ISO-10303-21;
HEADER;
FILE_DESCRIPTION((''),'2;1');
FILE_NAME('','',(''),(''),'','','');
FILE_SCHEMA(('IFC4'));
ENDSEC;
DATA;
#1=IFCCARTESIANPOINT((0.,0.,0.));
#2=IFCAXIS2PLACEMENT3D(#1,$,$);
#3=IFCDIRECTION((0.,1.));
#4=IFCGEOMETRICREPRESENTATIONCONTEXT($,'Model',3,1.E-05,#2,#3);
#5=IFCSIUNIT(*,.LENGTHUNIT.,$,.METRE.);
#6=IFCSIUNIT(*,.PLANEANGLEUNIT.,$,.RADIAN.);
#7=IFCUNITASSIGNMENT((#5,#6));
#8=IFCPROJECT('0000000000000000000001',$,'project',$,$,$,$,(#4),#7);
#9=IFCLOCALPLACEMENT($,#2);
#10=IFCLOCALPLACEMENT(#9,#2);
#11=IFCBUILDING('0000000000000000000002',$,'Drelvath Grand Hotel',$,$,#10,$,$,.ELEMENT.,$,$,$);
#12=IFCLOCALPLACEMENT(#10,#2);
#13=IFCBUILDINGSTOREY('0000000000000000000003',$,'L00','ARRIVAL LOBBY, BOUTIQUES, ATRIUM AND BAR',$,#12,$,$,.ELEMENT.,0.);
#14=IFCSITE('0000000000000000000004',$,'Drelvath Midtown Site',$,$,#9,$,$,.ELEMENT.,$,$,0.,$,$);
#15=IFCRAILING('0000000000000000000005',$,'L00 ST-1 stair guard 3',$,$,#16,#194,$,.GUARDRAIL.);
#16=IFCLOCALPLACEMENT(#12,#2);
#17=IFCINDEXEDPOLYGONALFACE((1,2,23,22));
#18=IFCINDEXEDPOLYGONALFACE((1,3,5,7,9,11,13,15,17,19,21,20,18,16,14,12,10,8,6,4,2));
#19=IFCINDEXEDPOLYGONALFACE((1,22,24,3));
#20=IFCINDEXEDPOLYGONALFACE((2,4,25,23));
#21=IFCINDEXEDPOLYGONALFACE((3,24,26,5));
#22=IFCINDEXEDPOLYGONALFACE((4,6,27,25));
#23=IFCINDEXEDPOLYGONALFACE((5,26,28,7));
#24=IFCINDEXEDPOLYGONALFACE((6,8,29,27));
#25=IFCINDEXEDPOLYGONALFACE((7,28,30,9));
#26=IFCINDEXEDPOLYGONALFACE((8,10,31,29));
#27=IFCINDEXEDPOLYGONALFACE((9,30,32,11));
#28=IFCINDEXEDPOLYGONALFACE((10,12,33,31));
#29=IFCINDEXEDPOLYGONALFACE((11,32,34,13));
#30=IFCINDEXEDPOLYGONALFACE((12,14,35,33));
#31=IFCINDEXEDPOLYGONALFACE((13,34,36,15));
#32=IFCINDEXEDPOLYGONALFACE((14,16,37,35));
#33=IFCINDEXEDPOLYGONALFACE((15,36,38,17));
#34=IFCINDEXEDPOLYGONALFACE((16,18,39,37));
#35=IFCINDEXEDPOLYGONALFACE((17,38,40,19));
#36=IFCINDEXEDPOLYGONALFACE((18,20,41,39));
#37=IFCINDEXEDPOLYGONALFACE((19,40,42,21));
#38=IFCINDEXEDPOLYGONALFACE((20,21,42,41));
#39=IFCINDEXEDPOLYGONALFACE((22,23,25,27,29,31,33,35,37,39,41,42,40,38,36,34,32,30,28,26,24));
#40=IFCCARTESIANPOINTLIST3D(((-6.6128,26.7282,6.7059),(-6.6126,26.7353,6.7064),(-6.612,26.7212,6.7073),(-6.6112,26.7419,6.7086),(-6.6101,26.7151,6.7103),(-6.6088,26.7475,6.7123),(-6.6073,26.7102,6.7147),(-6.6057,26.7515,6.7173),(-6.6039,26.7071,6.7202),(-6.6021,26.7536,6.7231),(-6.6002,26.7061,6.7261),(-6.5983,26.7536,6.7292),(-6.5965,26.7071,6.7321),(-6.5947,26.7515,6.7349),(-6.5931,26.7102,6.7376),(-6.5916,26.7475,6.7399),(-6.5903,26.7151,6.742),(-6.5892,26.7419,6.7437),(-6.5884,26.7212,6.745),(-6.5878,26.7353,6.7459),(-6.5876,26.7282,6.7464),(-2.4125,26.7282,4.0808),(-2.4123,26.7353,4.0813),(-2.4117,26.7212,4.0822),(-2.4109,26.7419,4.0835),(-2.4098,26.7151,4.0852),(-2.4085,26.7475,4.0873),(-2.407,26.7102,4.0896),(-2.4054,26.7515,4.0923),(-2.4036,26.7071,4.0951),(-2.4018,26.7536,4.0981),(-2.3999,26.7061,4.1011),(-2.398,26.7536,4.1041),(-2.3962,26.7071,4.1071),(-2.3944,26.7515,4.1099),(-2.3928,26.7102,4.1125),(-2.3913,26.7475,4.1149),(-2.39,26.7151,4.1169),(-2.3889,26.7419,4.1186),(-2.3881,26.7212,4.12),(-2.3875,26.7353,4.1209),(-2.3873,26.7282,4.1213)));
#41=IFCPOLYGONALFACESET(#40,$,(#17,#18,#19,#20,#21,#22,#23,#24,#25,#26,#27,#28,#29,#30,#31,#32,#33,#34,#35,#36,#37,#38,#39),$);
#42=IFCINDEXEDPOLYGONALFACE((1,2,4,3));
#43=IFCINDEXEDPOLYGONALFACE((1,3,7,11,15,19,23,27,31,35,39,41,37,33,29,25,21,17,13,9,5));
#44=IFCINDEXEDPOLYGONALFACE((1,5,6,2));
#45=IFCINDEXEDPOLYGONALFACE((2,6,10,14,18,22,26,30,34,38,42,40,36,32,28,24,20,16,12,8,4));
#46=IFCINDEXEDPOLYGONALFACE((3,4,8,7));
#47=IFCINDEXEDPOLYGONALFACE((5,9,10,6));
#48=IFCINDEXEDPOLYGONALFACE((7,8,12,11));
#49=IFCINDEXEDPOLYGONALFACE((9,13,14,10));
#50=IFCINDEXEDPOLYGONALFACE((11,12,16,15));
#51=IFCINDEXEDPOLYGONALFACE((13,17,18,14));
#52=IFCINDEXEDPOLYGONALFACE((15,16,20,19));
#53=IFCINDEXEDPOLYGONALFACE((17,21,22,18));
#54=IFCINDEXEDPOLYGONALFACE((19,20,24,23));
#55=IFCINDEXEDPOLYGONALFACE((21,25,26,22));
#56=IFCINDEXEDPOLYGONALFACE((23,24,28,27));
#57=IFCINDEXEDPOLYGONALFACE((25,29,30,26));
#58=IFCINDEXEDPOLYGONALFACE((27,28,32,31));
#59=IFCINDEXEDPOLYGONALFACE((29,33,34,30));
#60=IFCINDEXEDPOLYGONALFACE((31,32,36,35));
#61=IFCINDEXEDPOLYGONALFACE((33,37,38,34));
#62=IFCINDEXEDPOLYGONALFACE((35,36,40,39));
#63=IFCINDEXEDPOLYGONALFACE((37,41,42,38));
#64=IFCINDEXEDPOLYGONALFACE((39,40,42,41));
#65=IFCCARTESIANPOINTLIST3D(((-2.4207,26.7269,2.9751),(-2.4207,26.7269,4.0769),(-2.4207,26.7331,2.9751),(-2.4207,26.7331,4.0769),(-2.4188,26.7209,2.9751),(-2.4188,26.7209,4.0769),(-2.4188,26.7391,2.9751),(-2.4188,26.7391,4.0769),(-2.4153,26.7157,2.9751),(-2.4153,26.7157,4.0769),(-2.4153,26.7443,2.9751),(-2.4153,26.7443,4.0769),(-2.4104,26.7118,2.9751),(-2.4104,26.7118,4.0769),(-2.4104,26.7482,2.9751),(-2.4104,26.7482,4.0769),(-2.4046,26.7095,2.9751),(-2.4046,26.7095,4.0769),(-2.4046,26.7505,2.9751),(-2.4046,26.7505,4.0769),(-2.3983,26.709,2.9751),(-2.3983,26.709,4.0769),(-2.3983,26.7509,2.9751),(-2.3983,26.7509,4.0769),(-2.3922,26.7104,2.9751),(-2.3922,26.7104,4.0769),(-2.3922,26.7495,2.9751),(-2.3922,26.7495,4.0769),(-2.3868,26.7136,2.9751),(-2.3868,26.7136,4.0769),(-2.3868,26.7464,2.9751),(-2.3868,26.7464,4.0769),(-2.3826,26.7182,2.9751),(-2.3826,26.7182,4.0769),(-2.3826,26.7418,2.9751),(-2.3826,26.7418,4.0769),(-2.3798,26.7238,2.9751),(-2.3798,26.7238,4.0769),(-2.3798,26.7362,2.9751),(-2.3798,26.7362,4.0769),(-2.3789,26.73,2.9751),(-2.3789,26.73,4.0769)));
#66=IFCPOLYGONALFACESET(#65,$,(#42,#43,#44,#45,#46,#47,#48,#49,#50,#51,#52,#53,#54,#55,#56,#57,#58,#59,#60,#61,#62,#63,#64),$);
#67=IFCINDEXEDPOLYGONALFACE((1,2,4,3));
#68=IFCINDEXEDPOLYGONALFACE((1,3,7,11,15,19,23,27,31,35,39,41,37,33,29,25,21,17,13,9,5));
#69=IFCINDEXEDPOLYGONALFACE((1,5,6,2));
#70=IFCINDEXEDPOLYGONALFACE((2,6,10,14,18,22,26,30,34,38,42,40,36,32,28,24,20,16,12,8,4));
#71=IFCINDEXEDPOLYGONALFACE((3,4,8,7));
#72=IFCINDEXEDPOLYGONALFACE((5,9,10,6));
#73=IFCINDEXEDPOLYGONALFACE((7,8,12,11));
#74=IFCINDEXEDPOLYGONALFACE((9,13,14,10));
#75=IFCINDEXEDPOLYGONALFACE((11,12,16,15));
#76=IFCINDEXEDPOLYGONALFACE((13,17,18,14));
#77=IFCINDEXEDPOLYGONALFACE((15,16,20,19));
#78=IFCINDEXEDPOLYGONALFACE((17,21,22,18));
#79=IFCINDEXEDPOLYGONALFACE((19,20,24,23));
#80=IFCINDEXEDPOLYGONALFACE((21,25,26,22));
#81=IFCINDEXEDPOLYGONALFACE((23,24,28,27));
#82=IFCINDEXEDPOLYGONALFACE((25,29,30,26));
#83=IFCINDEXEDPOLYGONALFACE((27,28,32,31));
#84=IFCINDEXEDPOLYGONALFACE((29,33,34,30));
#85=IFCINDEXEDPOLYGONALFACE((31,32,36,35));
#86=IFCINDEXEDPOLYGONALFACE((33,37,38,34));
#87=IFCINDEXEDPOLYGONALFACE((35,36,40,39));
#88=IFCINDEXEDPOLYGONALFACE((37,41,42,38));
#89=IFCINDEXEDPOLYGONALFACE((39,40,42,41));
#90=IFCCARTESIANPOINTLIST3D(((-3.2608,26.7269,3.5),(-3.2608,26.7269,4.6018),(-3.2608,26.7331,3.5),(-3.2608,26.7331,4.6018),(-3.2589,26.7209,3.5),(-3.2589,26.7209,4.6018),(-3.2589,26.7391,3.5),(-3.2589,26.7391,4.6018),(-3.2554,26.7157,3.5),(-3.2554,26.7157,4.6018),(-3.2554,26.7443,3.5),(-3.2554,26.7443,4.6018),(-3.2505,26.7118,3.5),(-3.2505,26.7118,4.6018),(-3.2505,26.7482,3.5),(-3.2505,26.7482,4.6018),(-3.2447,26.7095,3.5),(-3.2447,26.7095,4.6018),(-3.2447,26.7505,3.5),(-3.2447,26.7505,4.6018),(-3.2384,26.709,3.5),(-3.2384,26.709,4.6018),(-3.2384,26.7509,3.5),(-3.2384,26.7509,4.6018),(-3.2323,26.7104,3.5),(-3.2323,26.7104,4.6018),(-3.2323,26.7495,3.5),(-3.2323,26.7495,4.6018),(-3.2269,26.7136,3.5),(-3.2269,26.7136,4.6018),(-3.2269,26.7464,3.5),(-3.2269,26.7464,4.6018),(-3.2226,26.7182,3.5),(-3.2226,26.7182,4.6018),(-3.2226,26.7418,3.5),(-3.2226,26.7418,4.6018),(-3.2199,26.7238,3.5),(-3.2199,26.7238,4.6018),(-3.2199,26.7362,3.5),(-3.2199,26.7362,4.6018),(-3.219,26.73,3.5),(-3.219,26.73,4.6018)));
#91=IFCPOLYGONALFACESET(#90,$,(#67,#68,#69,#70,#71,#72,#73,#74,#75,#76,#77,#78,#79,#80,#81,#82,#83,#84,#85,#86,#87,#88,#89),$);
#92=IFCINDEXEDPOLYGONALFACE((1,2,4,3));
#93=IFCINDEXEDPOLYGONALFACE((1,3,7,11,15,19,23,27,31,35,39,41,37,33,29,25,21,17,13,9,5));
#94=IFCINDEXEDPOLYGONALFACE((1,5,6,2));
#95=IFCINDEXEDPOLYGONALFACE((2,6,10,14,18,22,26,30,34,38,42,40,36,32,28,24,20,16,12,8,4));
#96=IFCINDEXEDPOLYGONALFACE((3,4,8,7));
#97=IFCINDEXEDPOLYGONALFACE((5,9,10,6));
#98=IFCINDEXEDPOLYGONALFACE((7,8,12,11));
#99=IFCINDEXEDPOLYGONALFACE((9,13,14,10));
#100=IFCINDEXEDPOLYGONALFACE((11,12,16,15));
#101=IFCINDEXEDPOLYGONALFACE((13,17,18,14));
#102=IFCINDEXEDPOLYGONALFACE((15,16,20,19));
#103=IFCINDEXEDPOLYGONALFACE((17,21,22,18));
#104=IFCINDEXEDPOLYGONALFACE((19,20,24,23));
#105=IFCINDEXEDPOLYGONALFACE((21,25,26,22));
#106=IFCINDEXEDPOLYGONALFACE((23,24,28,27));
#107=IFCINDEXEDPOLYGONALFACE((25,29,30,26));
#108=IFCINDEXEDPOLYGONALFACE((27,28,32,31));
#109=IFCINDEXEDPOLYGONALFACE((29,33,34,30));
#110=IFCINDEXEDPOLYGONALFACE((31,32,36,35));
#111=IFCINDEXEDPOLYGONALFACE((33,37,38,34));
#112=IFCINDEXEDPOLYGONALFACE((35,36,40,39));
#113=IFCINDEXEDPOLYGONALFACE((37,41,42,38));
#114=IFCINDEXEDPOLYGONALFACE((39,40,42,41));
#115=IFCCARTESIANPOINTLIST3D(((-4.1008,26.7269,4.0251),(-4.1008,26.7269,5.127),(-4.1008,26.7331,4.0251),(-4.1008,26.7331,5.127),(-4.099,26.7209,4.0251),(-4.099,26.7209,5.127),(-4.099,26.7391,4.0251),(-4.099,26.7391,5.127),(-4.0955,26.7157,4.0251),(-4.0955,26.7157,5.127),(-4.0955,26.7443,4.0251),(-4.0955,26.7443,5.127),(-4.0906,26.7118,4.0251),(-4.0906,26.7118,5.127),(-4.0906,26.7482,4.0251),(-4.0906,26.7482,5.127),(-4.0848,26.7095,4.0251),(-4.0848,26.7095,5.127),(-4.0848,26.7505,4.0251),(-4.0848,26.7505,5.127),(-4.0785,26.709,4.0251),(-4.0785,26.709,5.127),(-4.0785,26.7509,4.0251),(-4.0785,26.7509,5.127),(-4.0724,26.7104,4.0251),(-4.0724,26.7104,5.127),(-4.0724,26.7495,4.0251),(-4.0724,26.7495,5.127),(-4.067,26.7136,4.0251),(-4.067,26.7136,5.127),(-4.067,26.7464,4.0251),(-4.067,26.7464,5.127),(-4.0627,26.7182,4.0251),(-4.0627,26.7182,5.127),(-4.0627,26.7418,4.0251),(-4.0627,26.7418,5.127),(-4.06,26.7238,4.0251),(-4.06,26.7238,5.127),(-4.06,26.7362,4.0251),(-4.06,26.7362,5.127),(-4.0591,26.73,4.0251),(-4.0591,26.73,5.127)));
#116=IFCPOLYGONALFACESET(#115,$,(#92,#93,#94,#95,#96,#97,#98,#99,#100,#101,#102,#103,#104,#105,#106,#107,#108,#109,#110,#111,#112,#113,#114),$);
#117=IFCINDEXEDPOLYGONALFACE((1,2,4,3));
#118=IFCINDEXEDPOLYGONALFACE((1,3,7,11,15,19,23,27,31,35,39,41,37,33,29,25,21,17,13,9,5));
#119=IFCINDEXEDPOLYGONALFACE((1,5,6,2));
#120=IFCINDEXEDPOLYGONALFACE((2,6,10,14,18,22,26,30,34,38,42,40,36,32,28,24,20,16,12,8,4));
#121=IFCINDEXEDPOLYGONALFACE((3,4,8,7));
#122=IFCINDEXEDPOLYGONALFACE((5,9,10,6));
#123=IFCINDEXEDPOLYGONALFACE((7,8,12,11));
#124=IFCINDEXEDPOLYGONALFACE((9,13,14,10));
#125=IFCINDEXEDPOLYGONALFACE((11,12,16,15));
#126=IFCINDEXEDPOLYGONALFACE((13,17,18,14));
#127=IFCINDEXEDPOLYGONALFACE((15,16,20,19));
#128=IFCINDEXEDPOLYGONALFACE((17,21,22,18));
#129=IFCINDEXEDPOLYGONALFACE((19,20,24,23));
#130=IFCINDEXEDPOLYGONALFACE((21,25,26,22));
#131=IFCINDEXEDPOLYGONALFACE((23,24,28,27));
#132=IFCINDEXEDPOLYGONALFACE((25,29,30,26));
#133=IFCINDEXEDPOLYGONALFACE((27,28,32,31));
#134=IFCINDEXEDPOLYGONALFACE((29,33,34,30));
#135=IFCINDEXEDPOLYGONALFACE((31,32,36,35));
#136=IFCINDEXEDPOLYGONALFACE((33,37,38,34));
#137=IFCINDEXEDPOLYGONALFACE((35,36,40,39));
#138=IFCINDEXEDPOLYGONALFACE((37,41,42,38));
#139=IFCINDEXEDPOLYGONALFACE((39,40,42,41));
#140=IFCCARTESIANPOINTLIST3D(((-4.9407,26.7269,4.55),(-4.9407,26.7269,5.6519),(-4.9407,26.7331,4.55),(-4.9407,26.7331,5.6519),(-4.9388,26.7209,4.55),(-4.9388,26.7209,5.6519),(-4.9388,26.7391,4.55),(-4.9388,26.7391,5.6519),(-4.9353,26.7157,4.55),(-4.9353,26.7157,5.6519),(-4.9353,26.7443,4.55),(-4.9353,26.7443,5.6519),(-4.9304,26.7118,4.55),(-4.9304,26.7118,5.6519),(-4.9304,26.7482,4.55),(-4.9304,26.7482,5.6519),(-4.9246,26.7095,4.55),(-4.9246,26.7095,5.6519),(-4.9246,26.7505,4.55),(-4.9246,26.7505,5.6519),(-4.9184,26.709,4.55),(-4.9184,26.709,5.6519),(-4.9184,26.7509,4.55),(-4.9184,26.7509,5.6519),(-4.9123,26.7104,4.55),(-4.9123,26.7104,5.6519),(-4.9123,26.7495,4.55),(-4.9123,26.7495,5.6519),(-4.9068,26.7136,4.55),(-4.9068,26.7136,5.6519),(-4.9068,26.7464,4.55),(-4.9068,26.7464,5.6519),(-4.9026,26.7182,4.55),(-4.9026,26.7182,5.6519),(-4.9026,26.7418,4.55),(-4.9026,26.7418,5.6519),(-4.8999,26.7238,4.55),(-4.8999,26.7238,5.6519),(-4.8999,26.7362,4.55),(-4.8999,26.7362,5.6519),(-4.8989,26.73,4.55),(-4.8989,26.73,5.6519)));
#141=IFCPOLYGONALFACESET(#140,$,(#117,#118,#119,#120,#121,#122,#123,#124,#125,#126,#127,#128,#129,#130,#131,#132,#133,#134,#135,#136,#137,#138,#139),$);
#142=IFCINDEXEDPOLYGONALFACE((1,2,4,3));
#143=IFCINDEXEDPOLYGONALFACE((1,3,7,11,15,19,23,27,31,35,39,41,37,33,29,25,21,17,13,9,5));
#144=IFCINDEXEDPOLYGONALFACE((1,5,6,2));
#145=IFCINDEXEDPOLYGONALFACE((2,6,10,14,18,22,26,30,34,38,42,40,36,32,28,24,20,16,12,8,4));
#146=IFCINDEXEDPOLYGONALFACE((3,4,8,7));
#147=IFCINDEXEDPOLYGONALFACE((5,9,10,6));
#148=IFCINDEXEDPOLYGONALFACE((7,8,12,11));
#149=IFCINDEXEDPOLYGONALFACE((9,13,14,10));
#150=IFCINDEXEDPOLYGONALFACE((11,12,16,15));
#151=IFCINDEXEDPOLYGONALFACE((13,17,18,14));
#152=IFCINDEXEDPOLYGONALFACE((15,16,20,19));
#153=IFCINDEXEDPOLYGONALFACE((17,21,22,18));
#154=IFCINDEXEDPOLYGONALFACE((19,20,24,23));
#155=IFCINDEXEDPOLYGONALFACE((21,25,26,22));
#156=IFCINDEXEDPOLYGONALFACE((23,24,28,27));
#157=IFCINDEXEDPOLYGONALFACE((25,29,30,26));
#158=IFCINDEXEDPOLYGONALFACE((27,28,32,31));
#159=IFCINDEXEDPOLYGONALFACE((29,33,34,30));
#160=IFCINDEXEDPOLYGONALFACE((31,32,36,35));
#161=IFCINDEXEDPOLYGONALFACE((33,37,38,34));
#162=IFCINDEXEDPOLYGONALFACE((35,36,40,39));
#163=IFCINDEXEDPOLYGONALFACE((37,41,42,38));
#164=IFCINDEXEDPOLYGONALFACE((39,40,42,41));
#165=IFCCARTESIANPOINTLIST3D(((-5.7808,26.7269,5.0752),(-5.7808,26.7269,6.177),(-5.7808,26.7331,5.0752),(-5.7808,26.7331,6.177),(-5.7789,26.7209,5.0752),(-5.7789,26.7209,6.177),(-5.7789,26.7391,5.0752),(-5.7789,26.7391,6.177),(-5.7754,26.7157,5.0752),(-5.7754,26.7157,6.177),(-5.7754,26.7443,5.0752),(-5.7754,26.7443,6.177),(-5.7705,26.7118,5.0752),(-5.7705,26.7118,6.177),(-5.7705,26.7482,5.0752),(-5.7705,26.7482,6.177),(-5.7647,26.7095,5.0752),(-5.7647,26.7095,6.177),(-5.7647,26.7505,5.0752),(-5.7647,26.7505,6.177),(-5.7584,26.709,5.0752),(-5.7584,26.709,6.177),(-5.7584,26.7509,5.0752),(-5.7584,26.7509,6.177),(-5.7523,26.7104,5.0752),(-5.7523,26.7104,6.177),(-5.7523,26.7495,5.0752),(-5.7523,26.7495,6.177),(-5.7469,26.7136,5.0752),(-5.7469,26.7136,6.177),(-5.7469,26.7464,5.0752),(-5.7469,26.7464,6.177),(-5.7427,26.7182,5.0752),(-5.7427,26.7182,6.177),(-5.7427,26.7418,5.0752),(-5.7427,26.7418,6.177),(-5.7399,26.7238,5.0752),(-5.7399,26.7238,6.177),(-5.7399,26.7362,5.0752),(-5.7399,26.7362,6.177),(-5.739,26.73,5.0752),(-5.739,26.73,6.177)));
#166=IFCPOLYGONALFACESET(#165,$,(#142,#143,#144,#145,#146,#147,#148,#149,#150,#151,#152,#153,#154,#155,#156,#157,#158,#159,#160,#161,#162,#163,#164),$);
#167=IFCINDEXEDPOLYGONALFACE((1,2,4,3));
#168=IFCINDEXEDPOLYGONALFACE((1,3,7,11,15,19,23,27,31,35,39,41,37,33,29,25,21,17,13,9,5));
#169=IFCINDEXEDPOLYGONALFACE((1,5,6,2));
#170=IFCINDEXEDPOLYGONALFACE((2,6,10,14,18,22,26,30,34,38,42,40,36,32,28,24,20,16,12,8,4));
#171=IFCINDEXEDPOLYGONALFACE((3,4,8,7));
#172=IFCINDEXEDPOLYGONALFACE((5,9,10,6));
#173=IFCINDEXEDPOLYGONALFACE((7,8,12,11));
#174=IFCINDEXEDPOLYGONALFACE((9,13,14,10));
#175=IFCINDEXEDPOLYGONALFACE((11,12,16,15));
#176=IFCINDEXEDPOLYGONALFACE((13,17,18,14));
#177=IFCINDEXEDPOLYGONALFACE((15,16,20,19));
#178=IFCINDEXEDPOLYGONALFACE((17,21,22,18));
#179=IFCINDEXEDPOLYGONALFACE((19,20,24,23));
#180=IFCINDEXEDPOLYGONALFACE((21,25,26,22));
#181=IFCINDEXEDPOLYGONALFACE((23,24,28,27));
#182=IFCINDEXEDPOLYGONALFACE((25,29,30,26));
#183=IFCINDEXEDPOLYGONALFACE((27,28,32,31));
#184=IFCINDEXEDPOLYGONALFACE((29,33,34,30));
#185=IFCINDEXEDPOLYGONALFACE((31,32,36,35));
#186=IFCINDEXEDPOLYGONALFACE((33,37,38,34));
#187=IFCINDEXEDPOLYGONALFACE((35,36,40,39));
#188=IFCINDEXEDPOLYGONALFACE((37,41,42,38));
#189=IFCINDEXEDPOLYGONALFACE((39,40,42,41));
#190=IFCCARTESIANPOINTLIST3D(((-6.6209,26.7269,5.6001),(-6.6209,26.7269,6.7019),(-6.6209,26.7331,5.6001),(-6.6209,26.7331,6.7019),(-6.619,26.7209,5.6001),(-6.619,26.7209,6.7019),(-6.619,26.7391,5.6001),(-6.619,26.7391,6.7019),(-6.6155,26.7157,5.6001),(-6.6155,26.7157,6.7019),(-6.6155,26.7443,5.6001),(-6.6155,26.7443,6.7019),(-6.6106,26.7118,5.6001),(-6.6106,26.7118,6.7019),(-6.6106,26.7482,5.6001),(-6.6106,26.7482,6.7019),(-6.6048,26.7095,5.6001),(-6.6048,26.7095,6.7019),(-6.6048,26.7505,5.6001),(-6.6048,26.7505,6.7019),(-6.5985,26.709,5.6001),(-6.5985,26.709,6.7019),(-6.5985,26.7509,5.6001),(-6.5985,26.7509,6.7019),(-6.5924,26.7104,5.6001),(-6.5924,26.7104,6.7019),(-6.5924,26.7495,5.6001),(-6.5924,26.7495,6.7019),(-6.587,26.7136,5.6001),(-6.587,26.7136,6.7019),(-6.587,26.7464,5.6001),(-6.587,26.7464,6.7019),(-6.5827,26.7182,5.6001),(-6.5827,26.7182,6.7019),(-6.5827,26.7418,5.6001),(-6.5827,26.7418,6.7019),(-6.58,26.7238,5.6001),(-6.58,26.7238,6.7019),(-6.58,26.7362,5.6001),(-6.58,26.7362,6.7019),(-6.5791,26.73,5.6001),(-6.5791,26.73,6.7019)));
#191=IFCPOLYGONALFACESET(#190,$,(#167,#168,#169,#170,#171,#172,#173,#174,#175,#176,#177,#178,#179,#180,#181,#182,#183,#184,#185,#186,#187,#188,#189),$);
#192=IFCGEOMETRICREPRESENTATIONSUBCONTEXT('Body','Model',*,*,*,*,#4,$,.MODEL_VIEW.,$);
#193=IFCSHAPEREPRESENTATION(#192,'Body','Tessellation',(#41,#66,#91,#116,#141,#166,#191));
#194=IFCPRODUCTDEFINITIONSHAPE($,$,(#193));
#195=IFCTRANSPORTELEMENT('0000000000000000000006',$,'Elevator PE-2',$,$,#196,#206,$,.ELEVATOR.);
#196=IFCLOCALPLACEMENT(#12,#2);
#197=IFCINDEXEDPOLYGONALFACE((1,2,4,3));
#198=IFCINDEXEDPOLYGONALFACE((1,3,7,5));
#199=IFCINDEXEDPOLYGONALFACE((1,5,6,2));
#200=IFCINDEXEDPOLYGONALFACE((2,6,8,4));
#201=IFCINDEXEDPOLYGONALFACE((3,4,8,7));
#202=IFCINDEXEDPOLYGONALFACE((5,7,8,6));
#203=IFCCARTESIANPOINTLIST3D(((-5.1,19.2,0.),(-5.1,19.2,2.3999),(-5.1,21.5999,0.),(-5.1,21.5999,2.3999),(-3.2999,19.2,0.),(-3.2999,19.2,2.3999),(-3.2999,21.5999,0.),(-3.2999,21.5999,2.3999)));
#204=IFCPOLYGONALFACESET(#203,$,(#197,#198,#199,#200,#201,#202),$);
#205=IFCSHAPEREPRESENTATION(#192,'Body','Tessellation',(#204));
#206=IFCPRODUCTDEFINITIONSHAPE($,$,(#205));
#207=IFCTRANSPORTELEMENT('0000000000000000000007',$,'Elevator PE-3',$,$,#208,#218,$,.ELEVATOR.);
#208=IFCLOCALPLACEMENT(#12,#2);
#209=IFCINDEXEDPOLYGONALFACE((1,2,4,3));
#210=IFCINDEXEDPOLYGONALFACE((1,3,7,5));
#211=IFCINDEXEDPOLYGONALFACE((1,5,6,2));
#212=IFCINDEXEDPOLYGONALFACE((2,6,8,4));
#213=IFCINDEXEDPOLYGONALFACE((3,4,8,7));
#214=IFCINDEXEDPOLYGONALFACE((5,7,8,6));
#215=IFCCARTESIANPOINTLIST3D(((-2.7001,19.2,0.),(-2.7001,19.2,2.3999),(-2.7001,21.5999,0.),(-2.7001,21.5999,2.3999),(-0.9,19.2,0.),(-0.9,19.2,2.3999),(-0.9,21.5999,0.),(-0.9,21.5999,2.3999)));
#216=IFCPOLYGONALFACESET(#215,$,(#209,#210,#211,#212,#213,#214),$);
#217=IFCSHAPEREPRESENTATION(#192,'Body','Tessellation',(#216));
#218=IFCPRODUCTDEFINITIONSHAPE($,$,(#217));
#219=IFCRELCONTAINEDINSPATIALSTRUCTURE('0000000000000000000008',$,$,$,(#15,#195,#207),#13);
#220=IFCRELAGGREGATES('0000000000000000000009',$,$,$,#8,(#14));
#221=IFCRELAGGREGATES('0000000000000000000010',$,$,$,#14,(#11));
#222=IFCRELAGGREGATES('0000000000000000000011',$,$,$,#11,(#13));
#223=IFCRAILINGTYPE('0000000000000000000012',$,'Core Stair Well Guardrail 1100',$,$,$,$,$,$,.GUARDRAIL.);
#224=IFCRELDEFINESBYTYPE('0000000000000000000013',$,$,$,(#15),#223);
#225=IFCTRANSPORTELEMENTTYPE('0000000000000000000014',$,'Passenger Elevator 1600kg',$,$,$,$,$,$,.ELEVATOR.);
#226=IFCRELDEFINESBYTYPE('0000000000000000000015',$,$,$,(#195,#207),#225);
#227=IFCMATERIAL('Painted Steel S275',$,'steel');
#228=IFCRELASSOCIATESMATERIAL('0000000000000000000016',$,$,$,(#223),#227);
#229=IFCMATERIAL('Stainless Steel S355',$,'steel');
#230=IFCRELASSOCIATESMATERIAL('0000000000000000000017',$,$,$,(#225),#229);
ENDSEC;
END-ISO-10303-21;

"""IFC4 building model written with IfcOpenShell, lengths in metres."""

from ifc_helpers import new_model, si_unit, direction, frame, origin, origin_2d, place, context, subcontext, project, spatial, rectangle, circle, extrude, material, type_object, element, save


model = new_model("IFC4")

# Units and contexts
model_context = context("Model", 3, precision=1e-05, world=origin(), true_north=direction((0.0, 1.0)))
body_context = subcontext(model_context, "Body", "Model", "MODEL_VIEW")
ifc_project = project(units=[si_unit("LENGTHUNIT", "METRE"), si_unit("PLANEANGLEUNIT", "RADIAN")], contexts=[model_context])

# Site, building, storey
site_placement = place(None, origin())
site = spatial("IfcSite", under=ifc_project, at=site_placement, Name="Drelvath Midtown Site", CompositionType="ELEMENT", RefElevation=0.0)
building_placement = place(site_placement, origin())
building = spatial("IfcBuilding", under=site, at=building_placement, Name="Drelvath Grand Hotel", CompositionType="ELEMENT")
storey_placement = place(building_placement, origin())
storey = spatial("IfcBuildingStorey", under=building, at=storey_placement, Name="L00", Description="ARRIVAL LOBBY, BOUTIQUES, ATRIUM AND BAR", CompositionType="ELEMENT", Elevation=0.0)

# Shared definitions
ifc_material_1 = material(Name="Stainless Steel S355", Category="steel")

# Shared definitions
ifc_material_2 = material(Name="Painted Steel S275", Category="steel")

# Railing
railing_type_1 = type_object("IfcRailingType", Name="Core Stair Well Guardrail 1100", PredefinedType="GUARDRAIL", material=ifc_material_2)
railing_1_placement = place(storey_placement, frame((-2.3999, 26.73, 2.9751)))
element("IfcRailing", 1, at=railing_1_placement, inside=storey, type_object=railing_type_1, Name="L00 ST-1 stair guard 3", PredefinedType="GUARDRAIL", context=body_context, shape_type="SweptSolid", body=[
    extrude(circle(Radius=0.0239, at=origin_2d()), frame((0.0, 0.0, 1.126), z_axis=(-0.848009, 0.0, 0.529981), x_axis=(0.0, -1.0, 0.0)), (0.0, 0.0, 1.0), 4.9531),
    extrude(circle(Radius=0.021, at=origin_2d()), origin(), (0.0, 0.0, 1.0), 1.1018),
    extrude(circle(Radius=0.021, at=origin_2d()), frame((-0.8401, 0.0, 0.5249)), (0.0, 0.0, 1.0), 1.1018),
    extrude(circle(Radius=0.021, at=origin_2d()), frame((-1.6802, 0.0, 1.05)), (0.0, 0.0, 1.0), 1.1018),
    extrude(circle(Radius=0.021, at=origin_2d()), frame((-2.52, 0.0, 1.575)), (0.0, 0.0, 1.0), 1.1018),
    extrude(circle(Radius=0.021, at=origin_2d()), frame((-3.3601, 0.0, 2.1001)), (0.0, 0.0, 1.0), 1.1018),
    extrude(circle(Radius=0.021, at=origin_2d()), frame((-4.2002, 0.0, 2.625)), (0.0, 0.0, 1.0), 1.1018),
])

# Transport elements
transport_element_type_1 = type_object("IfcTransportElementType", Name="Passenger Elevator 1600kg", PredefinedType="ELEVATOR", material=ifc_material_1)
for number, where, z_axis, x_axis, name in (
    (2, (-4.2, 20.3999, 0.0), (0.0, 0.0, 1.0), (1.0, 0.0, 0.0), "Elevator PE-2"),
    (3, (-1.8, 20.3999, 0.0), (0.0, 0.0, 1.0), (1.0, 0.0, 0.0), "Elevator PE-3"),
):
    element("IfcTransportElement", number, at=place(storey_placement, frame(where, z_axis=z_axis, x_axis=x_axis)), inside=storey, type_object=transport_element_type_1, Name=name, PredefinedType="ELEVATOR", context=body_context, shape_type="SweptSolid", body=[
        extrude(rectangle(XDim=1.8, YDim=2.3999, at=origin_2d()), origin(), (0.0, 0.0, 1.0), 2.3999),
    ])

save(model, "model.ifc")
